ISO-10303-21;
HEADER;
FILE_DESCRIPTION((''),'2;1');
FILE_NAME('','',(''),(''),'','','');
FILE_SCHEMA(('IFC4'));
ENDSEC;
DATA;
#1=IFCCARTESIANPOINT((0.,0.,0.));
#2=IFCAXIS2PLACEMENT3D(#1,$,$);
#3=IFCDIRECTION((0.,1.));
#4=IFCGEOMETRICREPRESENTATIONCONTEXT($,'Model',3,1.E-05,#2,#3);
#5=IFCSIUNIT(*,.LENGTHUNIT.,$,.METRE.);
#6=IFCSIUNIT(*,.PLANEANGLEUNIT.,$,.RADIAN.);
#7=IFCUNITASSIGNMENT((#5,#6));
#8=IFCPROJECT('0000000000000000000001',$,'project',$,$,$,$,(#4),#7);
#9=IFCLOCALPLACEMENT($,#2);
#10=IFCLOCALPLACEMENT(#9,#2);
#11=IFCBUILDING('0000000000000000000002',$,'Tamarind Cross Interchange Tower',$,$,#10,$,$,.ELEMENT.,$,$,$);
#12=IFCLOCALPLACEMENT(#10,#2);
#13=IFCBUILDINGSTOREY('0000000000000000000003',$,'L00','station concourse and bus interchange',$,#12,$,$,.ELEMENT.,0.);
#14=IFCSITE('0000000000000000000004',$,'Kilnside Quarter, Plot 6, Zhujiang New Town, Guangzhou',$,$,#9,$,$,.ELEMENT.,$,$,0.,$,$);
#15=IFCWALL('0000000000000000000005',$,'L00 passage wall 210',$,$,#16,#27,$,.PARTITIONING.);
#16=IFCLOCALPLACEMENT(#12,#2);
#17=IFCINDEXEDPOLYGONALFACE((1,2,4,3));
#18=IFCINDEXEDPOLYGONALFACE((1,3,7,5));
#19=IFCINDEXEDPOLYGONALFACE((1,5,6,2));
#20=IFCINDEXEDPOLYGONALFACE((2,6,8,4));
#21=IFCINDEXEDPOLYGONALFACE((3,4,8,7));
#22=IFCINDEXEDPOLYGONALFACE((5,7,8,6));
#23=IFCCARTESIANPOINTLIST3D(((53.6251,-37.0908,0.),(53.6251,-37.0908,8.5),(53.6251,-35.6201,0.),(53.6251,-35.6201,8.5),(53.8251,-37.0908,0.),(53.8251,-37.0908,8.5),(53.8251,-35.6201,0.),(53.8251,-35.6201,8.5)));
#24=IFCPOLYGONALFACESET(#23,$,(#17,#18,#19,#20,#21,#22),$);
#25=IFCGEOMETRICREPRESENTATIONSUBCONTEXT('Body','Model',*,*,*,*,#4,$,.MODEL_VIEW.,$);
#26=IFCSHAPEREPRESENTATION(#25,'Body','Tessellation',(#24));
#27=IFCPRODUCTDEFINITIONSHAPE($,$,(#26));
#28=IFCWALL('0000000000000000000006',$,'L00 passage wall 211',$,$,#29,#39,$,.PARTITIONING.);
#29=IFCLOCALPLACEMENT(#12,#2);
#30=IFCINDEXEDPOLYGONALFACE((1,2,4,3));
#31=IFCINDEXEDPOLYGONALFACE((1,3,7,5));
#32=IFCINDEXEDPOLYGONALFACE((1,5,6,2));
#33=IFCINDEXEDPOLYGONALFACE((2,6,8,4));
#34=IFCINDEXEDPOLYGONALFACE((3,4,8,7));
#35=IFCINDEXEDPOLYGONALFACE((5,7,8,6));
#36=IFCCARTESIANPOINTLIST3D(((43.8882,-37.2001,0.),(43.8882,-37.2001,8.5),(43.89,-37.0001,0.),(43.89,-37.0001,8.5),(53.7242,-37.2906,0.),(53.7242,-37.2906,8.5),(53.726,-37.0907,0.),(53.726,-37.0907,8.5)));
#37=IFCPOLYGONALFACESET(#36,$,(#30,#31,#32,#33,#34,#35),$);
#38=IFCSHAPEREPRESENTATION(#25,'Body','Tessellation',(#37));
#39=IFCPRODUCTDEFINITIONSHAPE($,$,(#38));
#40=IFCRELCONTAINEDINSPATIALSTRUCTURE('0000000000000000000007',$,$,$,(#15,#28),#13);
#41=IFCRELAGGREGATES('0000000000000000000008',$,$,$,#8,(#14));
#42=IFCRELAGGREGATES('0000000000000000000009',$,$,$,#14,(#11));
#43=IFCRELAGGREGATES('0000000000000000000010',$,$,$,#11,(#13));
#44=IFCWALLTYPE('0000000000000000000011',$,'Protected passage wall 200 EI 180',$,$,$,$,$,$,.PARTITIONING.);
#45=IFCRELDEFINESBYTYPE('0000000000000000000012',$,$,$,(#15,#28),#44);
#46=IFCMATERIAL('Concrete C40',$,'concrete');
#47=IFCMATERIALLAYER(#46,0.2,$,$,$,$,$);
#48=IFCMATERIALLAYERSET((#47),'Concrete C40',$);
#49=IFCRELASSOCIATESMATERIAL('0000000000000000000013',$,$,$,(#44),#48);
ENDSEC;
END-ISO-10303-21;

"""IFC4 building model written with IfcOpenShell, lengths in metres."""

from ifc_helpers import new_model, si_unit, direction, frame, frame_2d, origin, place, context, subcontext, project, spatial, rectangle, extrude, material, layer, layer_set, type_object, element, save


model = new_model("IFC4")

# Units and contexts
model_context = context("Model", 3, precision=1e-05, world=origin(), true_north=direction((0.0, 1.0)))
body_context = subcontext(model_context, "Body", "Model", "MODEL_VIEW")
ifc_project = project(units=[si_unit("LENGTHUNIT", "METRE"), si_unit("PLANEANGLEUNIT", "RADIAN")], contexts=[model_context])

# Site, building, storey
site_placement = place(None, origin())
site = spatial("IfcSite", under=ifc_project, at=site_placement, Name="Kilnside Quarter, Plot 6, Zhujiang New Town, Guangzhou", CompositionType="ELEMENT", RefElevation=0.0)
building_placement = place(site_placement, origin())
building = spatial("IfcBuilding", under=site, at=building_placement, Name="Tamarind Cross Interchange Tower", CompositionType="ELEMENT")
storey_placement = place(building_placement, origin())
storey = spatial("IfcBuildingStorey", under=building, at=storey_placement, Name="L00", Description="station concourse and bus interchange", CompositionType="ELEMENT", Elevation=0.0)

# Walls
ifc_material_1 = material(Name="Concrete C40", Category="concrete")
ifc_layer_1 = layer(ifc_material_1, 0.2)
ifc_layer_set_1 = layer_set([ifc_layer_1], Name="Concrete C40")
wall_type_1 = type_object("IfcWallType", Name="Protected passage wall 200 EI 180", PredefinedType="PARTITIONING", material=ifc_layer_set_1)
wall_1_placement = place(storey_placement, frame((53.7251, -35.6201, 0.0), z_axis=(0.0, 0.0, 1.0), x_axis=(0.0, -1.0, 0.0)))
element("IfcWall", 1, at=wall_1_placement, inside=storey, type_object=wall_type_1, Name="L00 passage wall 210", PredefinedType="PARTITIONING", context=body_context, shape_type="SweptSolid", body=[
    extrude(rectangle(XDim=1.4707, YDim=0.2, at=frame_2d((0.7354, 0.0))), origin(), (0.0, 0.0, 1.0), 8.5),
])
wall_2_placement = place(storey_placement, frame((53.7251, -37.1907, 0.0), z_axis=(0.0, 0.0, 1.0), x_axis=(-0.999958, 0.009208, 0.0)))
element("IfcWall", 2, at=wall_2_placement, inside=storey, type_object=wall_type_1, Name="L00 passage wall 211", PredefinedType="PARTITIONING", context=body_context, shape_type="SweptSolid", body=[
    extrude(rectangle(XDim=9.8364, YDim=0.2, at=frame_2d((4.9182, 0.0))), origin(), (0.0, 0.0, 1.0), 8.5),
])

save(model, "model.ifc")
